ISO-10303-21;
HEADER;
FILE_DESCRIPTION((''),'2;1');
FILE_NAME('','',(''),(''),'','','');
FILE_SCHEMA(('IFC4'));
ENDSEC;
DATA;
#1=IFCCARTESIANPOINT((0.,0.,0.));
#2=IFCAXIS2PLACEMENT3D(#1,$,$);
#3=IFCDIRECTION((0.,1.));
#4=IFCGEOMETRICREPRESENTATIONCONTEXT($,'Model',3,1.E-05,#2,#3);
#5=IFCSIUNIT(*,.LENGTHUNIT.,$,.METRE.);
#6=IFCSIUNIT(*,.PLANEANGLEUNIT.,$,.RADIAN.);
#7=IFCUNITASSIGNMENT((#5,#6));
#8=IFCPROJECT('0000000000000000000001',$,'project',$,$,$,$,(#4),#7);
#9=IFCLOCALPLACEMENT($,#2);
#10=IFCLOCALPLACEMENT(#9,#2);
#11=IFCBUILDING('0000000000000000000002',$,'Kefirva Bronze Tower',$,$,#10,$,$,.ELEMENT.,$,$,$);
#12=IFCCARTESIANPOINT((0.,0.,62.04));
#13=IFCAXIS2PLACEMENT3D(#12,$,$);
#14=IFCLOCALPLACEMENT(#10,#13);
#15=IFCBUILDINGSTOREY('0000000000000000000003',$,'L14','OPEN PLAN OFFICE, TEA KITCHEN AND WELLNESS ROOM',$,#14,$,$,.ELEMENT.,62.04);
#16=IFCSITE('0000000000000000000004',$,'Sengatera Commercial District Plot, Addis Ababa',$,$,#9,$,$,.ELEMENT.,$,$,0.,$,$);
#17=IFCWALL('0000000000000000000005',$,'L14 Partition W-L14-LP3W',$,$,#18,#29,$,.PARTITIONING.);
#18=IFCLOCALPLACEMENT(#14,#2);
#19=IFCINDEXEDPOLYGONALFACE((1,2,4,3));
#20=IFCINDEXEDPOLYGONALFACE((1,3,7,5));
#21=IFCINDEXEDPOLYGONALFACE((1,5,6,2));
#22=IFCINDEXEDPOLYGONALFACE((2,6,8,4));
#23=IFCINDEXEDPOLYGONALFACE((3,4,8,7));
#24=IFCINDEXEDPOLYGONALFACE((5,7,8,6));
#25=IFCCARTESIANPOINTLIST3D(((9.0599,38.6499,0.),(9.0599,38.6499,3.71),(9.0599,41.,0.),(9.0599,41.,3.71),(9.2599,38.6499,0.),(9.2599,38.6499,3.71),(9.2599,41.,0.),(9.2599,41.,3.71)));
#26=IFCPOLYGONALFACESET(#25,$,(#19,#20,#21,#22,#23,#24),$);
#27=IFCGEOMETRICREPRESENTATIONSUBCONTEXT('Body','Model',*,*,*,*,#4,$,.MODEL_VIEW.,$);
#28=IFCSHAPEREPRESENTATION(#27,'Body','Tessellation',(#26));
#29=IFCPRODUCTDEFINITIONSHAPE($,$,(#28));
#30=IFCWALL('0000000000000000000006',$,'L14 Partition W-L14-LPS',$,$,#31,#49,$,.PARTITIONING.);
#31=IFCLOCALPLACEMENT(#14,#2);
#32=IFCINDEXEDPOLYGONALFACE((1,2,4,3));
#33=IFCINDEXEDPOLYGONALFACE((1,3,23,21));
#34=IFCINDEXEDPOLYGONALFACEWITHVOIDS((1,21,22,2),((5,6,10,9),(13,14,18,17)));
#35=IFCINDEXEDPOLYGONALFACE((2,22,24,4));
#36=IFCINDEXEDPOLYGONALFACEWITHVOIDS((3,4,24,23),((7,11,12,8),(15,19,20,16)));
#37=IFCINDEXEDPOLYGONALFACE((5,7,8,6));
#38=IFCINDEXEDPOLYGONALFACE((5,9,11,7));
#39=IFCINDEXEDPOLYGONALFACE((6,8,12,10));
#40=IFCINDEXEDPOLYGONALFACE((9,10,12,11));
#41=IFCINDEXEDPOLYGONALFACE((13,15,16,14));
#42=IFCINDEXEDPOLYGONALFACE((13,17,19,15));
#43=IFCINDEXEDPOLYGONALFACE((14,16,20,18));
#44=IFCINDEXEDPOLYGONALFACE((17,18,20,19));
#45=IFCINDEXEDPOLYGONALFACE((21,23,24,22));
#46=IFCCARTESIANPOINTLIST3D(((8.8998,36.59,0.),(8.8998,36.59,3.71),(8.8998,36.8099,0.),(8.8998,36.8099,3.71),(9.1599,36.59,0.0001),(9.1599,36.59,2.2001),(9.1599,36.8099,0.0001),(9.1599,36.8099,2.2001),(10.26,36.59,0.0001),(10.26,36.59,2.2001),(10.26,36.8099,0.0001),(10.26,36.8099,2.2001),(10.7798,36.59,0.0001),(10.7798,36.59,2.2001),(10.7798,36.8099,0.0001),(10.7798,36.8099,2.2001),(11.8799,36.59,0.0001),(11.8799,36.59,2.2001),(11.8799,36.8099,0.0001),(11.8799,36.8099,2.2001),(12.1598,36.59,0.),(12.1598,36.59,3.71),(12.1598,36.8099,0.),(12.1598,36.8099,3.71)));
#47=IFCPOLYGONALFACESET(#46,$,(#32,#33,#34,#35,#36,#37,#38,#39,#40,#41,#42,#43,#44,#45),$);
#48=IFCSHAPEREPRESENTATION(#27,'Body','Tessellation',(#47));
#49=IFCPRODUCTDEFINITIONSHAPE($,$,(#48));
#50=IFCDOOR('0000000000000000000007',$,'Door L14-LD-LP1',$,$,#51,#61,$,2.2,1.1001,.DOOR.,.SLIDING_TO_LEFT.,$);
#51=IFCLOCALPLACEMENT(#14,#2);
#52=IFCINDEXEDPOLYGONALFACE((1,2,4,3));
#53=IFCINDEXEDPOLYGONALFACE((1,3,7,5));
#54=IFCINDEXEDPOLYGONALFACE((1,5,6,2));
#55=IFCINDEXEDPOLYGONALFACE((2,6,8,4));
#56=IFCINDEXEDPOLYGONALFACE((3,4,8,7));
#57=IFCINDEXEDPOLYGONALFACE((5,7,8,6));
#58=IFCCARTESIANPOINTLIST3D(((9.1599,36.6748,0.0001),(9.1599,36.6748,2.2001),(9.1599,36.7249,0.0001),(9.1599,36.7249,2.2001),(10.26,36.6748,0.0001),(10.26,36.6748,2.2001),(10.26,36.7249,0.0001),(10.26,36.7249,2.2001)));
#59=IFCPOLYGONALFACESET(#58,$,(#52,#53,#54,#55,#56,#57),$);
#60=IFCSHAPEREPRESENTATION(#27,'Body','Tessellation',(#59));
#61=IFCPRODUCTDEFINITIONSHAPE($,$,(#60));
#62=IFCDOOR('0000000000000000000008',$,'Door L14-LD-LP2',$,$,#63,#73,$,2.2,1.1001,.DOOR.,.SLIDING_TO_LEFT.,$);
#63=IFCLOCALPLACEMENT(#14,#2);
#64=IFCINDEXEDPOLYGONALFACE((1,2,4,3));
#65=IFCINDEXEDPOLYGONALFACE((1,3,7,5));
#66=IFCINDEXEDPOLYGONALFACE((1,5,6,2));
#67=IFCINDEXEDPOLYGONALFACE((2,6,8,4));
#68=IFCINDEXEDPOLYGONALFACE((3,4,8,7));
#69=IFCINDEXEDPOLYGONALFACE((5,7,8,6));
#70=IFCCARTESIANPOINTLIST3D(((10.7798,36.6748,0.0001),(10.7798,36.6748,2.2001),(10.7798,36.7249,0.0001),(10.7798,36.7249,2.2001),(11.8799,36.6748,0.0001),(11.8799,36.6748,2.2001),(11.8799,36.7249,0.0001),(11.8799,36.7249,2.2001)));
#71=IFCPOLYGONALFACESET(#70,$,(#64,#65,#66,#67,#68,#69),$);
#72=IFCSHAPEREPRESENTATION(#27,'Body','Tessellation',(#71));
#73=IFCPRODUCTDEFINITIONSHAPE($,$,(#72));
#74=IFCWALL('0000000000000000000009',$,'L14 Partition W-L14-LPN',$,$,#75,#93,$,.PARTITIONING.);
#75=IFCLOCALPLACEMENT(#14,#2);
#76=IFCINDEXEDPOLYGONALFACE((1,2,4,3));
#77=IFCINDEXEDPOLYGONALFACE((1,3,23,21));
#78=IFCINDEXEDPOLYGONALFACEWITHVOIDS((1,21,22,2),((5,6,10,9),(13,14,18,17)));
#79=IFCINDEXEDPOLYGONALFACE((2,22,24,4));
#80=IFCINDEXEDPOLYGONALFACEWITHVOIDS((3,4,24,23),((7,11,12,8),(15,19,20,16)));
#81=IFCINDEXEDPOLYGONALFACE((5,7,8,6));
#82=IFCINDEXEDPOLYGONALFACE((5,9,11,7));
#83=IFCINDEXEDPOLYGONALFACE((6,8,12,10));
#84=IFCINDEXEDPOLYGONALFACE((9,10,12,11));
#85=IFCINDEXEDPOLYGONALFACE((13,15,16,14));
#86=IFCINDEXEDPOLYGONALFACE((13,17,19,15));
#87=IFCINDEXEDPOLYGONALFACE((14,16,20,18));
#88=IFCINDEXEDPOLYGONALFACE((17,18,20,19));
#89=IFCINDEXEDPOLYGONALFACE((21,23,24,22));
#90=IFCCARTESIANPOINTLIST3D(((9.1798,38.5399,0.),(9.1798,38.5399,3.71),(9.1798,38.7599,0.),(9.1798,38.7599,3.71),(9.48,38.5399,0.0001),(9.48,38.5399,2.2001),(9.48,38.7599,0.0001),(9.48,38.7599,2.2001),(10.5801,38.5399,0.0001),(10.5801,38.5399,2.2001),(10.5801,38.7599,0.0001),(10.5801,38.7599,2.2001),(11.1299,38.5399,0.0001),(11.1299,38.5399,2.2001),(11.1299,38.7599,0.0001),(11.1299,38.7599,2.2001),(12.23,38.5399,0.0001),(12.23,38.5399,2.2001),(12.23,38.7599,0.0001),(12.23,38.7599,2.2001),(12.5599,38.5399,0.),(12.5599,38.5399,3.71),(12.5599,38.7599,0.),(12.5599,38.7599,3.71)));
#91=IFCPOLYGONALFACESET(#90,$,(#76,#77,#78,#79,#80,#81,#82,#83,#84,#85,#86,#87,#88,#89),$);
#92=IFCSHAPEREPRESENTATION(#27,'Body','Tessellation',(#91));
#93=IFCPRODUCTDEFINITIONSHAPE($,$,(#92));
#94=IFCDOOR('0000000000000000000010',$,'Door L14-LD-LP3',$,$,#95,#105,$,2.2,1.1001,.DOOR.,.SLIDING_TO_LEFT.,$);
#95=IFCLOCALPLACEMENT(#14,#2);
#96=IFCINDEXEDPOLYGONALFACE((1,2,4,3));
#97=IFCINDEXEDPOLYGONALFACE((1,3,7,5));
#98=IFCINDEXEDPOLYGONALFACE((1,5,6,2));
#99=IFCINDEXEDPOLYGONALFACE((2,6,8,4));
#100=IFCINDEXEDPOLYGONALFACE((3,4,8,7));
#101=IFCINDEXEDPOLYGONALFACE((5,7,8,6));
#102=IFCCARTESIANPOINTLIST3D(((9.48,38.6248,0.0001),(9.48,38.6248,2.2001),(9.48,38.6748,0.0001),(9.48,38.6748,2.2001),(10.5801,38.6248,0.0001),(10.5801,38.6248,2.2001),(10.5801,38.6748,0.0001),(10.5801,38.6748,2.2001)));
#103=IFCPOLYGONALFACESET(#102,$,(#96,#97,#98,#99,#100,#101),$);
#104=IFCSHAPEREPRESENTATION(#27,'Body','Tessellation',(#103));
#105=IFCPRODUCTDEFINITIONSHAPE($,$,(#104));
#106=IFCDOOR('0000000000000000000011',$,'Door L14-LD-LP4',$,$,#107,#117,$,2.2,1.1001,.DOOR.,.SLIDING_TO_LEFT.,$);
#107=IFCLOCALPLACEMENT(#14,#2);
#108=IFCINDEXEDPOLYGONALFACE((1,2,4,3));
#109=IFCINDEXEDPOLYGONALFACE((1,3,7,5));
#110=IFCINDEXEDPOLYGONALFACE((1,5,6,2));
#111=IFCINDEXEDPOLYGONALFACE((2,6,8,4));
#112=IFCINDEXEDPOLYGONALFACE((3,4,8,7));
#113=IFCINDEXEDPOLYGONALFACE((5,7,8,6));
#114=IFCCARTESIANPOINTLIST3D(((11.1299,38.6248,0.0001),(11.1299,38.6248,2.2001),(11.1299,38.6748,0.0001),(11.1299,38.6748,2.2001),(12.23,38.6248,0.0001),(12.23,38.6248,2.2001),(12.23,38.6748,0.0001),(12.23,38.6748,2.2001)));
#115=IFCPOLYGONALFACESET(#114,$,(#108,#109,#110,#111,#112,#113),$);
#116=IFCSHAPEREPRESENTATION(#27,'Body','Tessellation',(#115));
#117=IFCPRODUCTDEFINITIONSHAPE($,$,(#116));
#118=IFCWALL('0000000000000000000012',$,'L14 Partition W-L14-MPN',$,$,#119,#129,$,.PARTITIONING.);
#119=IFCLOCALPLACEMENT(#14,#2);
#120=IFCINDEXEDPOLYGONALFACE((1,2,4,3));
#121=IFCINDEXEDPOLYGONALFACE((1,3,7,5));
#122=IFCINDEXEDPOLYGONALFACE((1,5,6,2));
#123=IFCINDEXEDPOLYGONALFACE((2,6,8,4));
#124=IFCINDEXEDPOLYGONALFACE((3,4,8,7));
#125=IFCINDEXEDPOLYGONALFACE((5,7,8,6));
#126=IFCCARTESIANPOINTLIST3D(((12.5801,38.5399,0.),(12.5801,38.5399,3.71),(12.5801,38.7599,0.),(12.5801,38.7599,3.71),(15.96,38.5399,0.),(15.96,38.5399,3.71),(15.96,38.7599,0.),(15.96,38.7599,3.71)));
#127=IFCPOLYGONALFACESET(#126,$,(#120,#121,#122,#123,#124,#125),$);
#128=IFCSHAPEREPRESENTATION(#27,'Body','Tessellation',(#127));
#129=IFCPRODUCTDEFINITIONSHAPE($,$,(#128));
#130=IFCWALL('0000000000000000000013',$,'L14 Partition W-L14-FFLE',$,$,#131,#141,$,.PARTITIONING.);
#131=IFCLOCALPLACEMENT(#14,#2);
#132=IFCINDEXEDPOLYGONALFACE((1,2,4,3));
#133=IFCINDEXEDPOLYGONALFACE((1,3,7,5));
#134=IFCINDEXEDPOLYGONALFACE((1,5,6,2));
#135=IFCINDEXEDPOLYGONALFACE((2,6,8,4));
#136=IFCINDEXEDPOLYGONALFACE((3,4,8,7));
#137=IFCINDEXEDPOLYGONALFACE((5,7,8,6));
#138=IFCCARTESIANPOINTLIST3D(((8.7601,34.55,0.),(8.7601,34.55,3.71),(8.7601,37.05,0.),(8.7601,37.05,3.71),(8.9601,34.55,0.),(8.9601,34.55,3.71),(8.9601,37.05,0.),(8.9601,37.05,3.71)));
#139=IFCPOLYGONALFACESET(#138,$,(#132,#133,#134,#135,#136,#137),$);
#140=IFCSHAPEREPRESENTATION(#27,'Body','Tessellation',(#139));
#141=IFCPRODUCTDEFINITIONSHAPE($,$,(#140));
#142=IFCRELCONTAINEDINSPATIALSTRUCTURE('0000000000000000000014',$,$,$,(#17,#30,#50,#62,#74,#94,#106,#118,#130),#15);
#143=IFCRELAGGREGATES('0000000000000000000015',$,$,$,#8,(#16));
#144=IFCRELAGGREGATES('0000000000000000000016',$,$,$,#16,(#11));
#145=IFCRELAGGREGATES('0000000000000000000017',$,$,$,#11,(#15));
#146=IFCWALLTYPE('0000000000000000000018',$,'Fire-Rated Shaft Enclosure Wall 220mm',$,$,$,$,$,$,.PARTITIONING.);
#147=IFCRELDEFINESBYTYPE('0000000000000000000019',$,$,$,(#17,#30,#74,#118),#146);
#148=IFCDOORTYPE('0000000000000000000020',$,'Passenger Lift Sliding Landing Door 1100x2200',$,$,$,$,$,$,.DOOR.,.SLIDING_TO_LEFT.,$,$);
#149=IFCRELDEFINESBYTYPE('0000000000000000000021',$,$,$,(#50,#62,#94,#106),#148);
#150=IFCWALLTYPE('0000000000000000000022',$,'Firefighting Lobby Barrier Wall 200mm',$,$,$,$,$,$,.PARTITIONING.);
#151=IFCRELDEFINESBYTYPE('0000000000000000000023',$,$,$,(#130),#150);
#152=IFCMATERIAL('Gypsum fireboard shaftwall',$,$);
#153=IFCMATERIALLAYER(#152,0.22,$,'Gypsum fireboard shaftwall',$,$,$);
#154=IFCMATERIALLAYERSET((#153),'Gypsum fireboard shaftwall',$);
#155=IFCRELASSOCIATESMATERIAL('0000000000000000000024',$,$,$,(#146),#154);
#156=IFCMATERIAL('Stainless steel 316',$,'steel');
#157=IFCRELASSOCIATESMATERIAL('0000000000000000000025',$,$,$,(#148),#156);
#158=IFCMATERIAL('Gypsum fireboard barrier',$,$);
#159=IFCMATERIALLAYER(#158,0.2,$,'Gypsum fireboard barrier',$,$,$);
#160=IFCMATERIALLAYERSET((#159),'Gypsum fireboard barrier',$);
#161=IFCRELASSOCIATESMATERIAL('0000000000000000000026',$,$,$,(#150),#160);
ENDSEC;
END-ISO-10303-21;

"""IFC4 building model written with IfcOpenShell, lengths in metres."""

from ifc_helpers import new_model, si_unit, direction, frame, frame_2d, origin, place, context, subcontext, project, spatial, rectangle, extrude, material, layer, layer_set, type_object, element, fill, save


model = new_model("IFC4")

# Units and contexts
model_context = context("Model", 3, precision=1e-05, world=origin(), true_north=direction((0.0, 1.0)))
body_context = subcontext(model_context, "Body", "Model", "MODEL_VIEW")
ifc_project = project(units=[si_unit("LENGTHUNIT", "METRE"), si_unit("PLANEANGLEUNIT", "RADIAN")], contexts=[model_context])

# Site, building, storey
site_placement = place(None, origin())
site = spatial("IfcSite", under=ifc_project, at=site_placement, Name="Sengatera Commercial District Plot, Addis Ababa", CompositionType="ELEMENT", RefElevation=0.0)
building_placement = place(site_placement, origin())
building = spatial("IfcBuilding", under=site, at=building_placement, Name="Kefirva Bronze Tower", CompositionType="ELEMENT")
storey_placement = place(building_placement, frame((0.0, 0.0, 62.04)))
storey = spatial("IfcBuildingStorey", under=building, at=storey_placement, Name="L14", Description="OPEN PLAN OFFICE, TEA KITCHEN AND WELLNESS ROOM", CompositionType="ELEMENT", Elevation=62.04)

# Shared definitions
ifc_material_1 = material(Name="Gypsum fireboard shaftwall")
ifc_layer_1 = layer(ifc_material_1, 0.22, Name="Gypsum fireboard shaftwall")
ifc_layer_set_1 = layer_set([ifc_layer_1], Name="Gypsum fireboard shaftwall")
wall_type_1 = type_object("IfcWallType", Name="Fire-Rated Shaft Enclosure Wall 220mm", PredefinedType="PARTITIONING", material=ifc_layer_set_1)
ifc_material_2 = material(Name="Stainless steel 316", Category="steel")

# Wall
wall_1_placement = place(storey_placement, frame((9.1599, 38.6499, 0.0), z_axis=(0.0, 0.0, 1.0), x_axis=(0.0, 1.0, 0.0)))
element("IfcWall", 1, at=wall_1_placement, inside=storey, type_object=wall_type_1, Name="L14 Partition W-L14-LP3W", PredefinedType="PARTITIONING", context=body_context, shape_type="SweptSolid", body=[
    extrude(rectangle(XDim=2.3501, YDim=0.2, at=frame_2d((1.175, 0.0))), origin(), (0.0, 0.0, 1.0), 3.71),
])

# Walls, openings, doors
wall_2_placement = place(storey_placement, frame((8.8999, 36.7, 0.0), z_axis=(0.0, 0.0, 1.0), x_axis=(1.0, 0.0, 0.0)))
wall_2 = element("IfcWall", 2, at=wall_2_placement, inside=storey, type_object=wall_type_1, Name="L14 Partition W-L14-LPS", PredefinedType="PARTITIONING", context=body_context, shape_type="SweptSolid", body=[
    extrude(rectangle(XDim=3.26, YDim=0.22, at=frame_2d((1.6299, 0.0))), origin(), (0.0, 0.0, 1.0), 3.71),
])
opening_1_placement = place(wall_2_placement, frame((0.26, 0.0, 0.0)))
opening_1 = element("IfcOpeningElement", 3, at=opening_1_placement, cuts=wall_2, PredefinedType="OPENING", context=body_context, shape_type="SweptSolid", body=[
    extrude(rectangle(XDim=1.1001, YDim=2.2, at=frame_2d((0.55, 1.1001))), frame((0.0, 0.1201, 0.0), z_axis=(0.0, -1.0, 0.0), x_axis=(1.0, 0.0, 0.0)), (0.0, 0.0, 1.0), 0.24),
])
opening_2_placement = place(wall_2_placement, frame((1.8799, 0.0, 0.0)))
opening_2 = element("IfcOpeningElement", 4, at=opening_2_placement, cuts=wall_2, PredefinedType="OPENING", context=body_context, shape_type="SweptSolid", body=[
    extrude(rectangle(XDim=1.1001, YDim=2.2, at=frame_2d((0.55, 1.1001))), frame((0.0, 0.1201, 0.0), z_axis=(0.0, -1.0, 0.0), x_axis=(1.0, 0.0, 0.0)), (0.0, 0.0, 1.0), 0.24),
])
door_type_1 = type_object("IfcDoorType", Name="Passenger Lift Sliding Landing Door 1100x2200", OperationType="SLIDING_TO_LEFT", PredefinedType="DOOR", material=ifc_material_2)
door_1_placement = place(opening_1_placement, origin())
door_1 = element("IfcDoor", 5, at=door_1_placement, inside=storey, type_object=door_type_1, Name="Door L14-LD-LP1", OperationType="SLIDING_TO_LEFT", OverallHeight=2.2, OverallWidth=1.1001, PredefinedType="DOOR", context=body_context, shape_type="SweptSolid", body=[
    extrude(rectangle(XDim=1.1001, YDim=2.2, at=frame_2d((0.55, 1.1001))), frame((0.0, 0.0249, 0.0), z_axis=(0.0, -1.0, 0.0), x_axis=(1.0, 0.0, 0.0)), (0.0, 0.0, 1.0), 0.05),
])
fill(opening_1, door_1)
door_2_placement = place(opening_2_placement, origin())
door_2 = element("IfcDoor", 6, at=door_2_placement, inside=storey, type_object=door_type_1, Name="Door L14-LD-LP2", OperationType="SLIDING_TO_LEFT", OverallHeight=2.2, OverallWidth=1.1001, PredefinedType="DOOR", context=body_context, shape_type="SweptSolid", body=[
    extrude(rectangle(XDim=1.1001, YDim=2.2, at=frame_2d((0.55, 1.1001))), frame((0.0, 0.0249, 0.0), z_axis=(0.0, -1.0, 0.0), x_axis=(1.0, 0.0, 0.0)), (0.0, 0.0, 1.0), 0.05),
])
fill(opening_2, door_2)
wall_3_placement = place(storey_placement, frame((9.1799, 38.6499, 0.0), z_axis=(0.0, 0.0, 1.0), x_axis=(1.0, 0.0, 0.0)))
wall_3 = element("IfcWall", 7, at=wall_3_placement, inside=storey, type_object=wall_type_1, Name="L14 Partition W-L14-LPN", PredefinedType="PARTITIONING", context=body_context, shape_type="SweptSolid", body=[
    extrude(rectangle(XDim=3.3801, YDim=0.22, at=frame_2d((1.6899, 0.0))), origin(), (0.0, 0.0, 1.0), 3.71),
])
opening_3_placement = place(wall_3_placement, frame((0.3, 0.0, 0.0)))
opening_3 = element("IfcOpeningElement", 8, at=opening_3_placement, cuts=wall_3, PredefinedType="OPENING", context=body_context, shape_type="SweptSolid", body=[
    extrude(rectangle(XDim=1.1001, YDim=2.2, at=frame_2d((0.55, 1.1001))), frame((0.0, 0.1201, 0.0), z_axis=(0.0, -1.0, 0.0), x_axis=(1.0, 0.0, 0.0)), (0.0, 0.0, 1.0), 0.24),
])
opening_4_placement = place(wall_3_placement, frame((1.95, 0.0, 0.0)))
opening_4 = element("IfcOpeningElement", 9, at=opening_4_placement, cuts=wall_3, PredefinedType="OPENING", context=body_context, shape_type="SweptSolid", body=[
    extrude(rectangle(XDim=1.1001, YDim=2.2, at=frame_2d((0.55, 1.1001))), frame((0.0, 0.1201, 0.0), z_axis=(0.0, -1.0, 0.0), x_axis=(1.0, 0.0, 0.0)), (0.0, 0.0, 1.0), 0.24),
])
door_3_placement = place(opening_3_placement, origin())
door_3 = element("IfcDoor", 10, at=door_3_placement, inside=storey, type_object=door_type_1, Name="Door L14-LD-LP3", OperationType="SLIDING_TO_LEFT", OverallHeight=2.2, OverallWidth=1.1001, PredefinedType="DOOR", context=body_context, shape_type="SweptSolid", body=[
    extrude(rectangle(XDim=1.1001, YDim=2.2, at=frame_2d((0.55, 1.1001))), frame((0.0, 0.0249, 0.0), z_axis=(0.0, -1.0, 0.0), x_axis=(1.0, 0.0, 0.0)), (0.0, 0.0, 1.0), 0.05),
])
fill(opening_3, door_3)
door_4_placement = place(opening_4_placement, origin())
door_4 = element("IfcDoor", 11, at=door_4_placement, inside=storey, type_object=door_type_1, Name="Door L14-LD-LP4", OperationType="SLIDING_TO_LEFT", OverallHeight=2.2, OverallWidth=1.1001, PredefinedType="DOOR", context=body_context, shape_type="SweptSolid", body=[
    extrude(rectangle(XDim=1.1001, YDim=2.2, at=frame_2d((0.55, 1.1001))), frame((0.0, 0.0249, 0.0), z_axis=(0.0, -1.0, 0.0), x_axis=(1.0, 0.0, 0.0)), (0.0, 0.0, 1.0), 0.05),
])
fill(opening_4, door_4)

# Walls
wall_4_placement = place(storey_placement, frame((12.5801, 38.6499, 0.0), z_axis=(0.0, 0.0, 1.0), x_axis=(1.0, 0.0, 0.0)))
element("IfcWall", 12, at=wall_4_placement, inside=storey, type_object=wall_type_1, Name="L14 Partition W-L14-MPN", PredefinedType="PARTITIONING", context=body_context, shape_type="SweptSolid", body=[
    extrude(rectangle(XDim=3.3799, YDim=0.22, at=frame_2d((1.6899, 0.0))), origin(), (0.0, 0.0, 1.0), 3.71),
])
ifc_material_3 = material(Name="Gypsum fireboard barrier")
ifc_layer_2 = layer(ifc_material_3, 0.2, Name="Gypsum fireboard barrier")
ifc_layer_set_2 = layer_set([ifc_layer_2], Name="Gypsum fireboard barrier")
wall_type_2 = type_object("IfcWallType", Name="Firefighting Lobby Barrier Wall 200mm", PredefinedType="PARTITIONING", material=ifc_layer_set_2)
wall_5_placement = place(storey_placement, frame((8.8601, 34.55, 0.0), z_axis=(0.0, 0.0, 1.0), x_axis=(0.0, 1.0, 0.0)))
element("IfcWall", 13, at=wall_5_placement, inside=storey, type_object=wall_type_2, Name="L14 Partition W-L14-FFLE", PredefinedType="PARTITIONING", context=body_context, shape_type="SweptSolid", body=[
    extrude(rectangle(XDim=2.5, YDim=0.2, at=frame_2d((1.25, 0.0))), origin(), (0.0, 0.0, 1.0), 3.71),
])

save(model, "model.ifc")
